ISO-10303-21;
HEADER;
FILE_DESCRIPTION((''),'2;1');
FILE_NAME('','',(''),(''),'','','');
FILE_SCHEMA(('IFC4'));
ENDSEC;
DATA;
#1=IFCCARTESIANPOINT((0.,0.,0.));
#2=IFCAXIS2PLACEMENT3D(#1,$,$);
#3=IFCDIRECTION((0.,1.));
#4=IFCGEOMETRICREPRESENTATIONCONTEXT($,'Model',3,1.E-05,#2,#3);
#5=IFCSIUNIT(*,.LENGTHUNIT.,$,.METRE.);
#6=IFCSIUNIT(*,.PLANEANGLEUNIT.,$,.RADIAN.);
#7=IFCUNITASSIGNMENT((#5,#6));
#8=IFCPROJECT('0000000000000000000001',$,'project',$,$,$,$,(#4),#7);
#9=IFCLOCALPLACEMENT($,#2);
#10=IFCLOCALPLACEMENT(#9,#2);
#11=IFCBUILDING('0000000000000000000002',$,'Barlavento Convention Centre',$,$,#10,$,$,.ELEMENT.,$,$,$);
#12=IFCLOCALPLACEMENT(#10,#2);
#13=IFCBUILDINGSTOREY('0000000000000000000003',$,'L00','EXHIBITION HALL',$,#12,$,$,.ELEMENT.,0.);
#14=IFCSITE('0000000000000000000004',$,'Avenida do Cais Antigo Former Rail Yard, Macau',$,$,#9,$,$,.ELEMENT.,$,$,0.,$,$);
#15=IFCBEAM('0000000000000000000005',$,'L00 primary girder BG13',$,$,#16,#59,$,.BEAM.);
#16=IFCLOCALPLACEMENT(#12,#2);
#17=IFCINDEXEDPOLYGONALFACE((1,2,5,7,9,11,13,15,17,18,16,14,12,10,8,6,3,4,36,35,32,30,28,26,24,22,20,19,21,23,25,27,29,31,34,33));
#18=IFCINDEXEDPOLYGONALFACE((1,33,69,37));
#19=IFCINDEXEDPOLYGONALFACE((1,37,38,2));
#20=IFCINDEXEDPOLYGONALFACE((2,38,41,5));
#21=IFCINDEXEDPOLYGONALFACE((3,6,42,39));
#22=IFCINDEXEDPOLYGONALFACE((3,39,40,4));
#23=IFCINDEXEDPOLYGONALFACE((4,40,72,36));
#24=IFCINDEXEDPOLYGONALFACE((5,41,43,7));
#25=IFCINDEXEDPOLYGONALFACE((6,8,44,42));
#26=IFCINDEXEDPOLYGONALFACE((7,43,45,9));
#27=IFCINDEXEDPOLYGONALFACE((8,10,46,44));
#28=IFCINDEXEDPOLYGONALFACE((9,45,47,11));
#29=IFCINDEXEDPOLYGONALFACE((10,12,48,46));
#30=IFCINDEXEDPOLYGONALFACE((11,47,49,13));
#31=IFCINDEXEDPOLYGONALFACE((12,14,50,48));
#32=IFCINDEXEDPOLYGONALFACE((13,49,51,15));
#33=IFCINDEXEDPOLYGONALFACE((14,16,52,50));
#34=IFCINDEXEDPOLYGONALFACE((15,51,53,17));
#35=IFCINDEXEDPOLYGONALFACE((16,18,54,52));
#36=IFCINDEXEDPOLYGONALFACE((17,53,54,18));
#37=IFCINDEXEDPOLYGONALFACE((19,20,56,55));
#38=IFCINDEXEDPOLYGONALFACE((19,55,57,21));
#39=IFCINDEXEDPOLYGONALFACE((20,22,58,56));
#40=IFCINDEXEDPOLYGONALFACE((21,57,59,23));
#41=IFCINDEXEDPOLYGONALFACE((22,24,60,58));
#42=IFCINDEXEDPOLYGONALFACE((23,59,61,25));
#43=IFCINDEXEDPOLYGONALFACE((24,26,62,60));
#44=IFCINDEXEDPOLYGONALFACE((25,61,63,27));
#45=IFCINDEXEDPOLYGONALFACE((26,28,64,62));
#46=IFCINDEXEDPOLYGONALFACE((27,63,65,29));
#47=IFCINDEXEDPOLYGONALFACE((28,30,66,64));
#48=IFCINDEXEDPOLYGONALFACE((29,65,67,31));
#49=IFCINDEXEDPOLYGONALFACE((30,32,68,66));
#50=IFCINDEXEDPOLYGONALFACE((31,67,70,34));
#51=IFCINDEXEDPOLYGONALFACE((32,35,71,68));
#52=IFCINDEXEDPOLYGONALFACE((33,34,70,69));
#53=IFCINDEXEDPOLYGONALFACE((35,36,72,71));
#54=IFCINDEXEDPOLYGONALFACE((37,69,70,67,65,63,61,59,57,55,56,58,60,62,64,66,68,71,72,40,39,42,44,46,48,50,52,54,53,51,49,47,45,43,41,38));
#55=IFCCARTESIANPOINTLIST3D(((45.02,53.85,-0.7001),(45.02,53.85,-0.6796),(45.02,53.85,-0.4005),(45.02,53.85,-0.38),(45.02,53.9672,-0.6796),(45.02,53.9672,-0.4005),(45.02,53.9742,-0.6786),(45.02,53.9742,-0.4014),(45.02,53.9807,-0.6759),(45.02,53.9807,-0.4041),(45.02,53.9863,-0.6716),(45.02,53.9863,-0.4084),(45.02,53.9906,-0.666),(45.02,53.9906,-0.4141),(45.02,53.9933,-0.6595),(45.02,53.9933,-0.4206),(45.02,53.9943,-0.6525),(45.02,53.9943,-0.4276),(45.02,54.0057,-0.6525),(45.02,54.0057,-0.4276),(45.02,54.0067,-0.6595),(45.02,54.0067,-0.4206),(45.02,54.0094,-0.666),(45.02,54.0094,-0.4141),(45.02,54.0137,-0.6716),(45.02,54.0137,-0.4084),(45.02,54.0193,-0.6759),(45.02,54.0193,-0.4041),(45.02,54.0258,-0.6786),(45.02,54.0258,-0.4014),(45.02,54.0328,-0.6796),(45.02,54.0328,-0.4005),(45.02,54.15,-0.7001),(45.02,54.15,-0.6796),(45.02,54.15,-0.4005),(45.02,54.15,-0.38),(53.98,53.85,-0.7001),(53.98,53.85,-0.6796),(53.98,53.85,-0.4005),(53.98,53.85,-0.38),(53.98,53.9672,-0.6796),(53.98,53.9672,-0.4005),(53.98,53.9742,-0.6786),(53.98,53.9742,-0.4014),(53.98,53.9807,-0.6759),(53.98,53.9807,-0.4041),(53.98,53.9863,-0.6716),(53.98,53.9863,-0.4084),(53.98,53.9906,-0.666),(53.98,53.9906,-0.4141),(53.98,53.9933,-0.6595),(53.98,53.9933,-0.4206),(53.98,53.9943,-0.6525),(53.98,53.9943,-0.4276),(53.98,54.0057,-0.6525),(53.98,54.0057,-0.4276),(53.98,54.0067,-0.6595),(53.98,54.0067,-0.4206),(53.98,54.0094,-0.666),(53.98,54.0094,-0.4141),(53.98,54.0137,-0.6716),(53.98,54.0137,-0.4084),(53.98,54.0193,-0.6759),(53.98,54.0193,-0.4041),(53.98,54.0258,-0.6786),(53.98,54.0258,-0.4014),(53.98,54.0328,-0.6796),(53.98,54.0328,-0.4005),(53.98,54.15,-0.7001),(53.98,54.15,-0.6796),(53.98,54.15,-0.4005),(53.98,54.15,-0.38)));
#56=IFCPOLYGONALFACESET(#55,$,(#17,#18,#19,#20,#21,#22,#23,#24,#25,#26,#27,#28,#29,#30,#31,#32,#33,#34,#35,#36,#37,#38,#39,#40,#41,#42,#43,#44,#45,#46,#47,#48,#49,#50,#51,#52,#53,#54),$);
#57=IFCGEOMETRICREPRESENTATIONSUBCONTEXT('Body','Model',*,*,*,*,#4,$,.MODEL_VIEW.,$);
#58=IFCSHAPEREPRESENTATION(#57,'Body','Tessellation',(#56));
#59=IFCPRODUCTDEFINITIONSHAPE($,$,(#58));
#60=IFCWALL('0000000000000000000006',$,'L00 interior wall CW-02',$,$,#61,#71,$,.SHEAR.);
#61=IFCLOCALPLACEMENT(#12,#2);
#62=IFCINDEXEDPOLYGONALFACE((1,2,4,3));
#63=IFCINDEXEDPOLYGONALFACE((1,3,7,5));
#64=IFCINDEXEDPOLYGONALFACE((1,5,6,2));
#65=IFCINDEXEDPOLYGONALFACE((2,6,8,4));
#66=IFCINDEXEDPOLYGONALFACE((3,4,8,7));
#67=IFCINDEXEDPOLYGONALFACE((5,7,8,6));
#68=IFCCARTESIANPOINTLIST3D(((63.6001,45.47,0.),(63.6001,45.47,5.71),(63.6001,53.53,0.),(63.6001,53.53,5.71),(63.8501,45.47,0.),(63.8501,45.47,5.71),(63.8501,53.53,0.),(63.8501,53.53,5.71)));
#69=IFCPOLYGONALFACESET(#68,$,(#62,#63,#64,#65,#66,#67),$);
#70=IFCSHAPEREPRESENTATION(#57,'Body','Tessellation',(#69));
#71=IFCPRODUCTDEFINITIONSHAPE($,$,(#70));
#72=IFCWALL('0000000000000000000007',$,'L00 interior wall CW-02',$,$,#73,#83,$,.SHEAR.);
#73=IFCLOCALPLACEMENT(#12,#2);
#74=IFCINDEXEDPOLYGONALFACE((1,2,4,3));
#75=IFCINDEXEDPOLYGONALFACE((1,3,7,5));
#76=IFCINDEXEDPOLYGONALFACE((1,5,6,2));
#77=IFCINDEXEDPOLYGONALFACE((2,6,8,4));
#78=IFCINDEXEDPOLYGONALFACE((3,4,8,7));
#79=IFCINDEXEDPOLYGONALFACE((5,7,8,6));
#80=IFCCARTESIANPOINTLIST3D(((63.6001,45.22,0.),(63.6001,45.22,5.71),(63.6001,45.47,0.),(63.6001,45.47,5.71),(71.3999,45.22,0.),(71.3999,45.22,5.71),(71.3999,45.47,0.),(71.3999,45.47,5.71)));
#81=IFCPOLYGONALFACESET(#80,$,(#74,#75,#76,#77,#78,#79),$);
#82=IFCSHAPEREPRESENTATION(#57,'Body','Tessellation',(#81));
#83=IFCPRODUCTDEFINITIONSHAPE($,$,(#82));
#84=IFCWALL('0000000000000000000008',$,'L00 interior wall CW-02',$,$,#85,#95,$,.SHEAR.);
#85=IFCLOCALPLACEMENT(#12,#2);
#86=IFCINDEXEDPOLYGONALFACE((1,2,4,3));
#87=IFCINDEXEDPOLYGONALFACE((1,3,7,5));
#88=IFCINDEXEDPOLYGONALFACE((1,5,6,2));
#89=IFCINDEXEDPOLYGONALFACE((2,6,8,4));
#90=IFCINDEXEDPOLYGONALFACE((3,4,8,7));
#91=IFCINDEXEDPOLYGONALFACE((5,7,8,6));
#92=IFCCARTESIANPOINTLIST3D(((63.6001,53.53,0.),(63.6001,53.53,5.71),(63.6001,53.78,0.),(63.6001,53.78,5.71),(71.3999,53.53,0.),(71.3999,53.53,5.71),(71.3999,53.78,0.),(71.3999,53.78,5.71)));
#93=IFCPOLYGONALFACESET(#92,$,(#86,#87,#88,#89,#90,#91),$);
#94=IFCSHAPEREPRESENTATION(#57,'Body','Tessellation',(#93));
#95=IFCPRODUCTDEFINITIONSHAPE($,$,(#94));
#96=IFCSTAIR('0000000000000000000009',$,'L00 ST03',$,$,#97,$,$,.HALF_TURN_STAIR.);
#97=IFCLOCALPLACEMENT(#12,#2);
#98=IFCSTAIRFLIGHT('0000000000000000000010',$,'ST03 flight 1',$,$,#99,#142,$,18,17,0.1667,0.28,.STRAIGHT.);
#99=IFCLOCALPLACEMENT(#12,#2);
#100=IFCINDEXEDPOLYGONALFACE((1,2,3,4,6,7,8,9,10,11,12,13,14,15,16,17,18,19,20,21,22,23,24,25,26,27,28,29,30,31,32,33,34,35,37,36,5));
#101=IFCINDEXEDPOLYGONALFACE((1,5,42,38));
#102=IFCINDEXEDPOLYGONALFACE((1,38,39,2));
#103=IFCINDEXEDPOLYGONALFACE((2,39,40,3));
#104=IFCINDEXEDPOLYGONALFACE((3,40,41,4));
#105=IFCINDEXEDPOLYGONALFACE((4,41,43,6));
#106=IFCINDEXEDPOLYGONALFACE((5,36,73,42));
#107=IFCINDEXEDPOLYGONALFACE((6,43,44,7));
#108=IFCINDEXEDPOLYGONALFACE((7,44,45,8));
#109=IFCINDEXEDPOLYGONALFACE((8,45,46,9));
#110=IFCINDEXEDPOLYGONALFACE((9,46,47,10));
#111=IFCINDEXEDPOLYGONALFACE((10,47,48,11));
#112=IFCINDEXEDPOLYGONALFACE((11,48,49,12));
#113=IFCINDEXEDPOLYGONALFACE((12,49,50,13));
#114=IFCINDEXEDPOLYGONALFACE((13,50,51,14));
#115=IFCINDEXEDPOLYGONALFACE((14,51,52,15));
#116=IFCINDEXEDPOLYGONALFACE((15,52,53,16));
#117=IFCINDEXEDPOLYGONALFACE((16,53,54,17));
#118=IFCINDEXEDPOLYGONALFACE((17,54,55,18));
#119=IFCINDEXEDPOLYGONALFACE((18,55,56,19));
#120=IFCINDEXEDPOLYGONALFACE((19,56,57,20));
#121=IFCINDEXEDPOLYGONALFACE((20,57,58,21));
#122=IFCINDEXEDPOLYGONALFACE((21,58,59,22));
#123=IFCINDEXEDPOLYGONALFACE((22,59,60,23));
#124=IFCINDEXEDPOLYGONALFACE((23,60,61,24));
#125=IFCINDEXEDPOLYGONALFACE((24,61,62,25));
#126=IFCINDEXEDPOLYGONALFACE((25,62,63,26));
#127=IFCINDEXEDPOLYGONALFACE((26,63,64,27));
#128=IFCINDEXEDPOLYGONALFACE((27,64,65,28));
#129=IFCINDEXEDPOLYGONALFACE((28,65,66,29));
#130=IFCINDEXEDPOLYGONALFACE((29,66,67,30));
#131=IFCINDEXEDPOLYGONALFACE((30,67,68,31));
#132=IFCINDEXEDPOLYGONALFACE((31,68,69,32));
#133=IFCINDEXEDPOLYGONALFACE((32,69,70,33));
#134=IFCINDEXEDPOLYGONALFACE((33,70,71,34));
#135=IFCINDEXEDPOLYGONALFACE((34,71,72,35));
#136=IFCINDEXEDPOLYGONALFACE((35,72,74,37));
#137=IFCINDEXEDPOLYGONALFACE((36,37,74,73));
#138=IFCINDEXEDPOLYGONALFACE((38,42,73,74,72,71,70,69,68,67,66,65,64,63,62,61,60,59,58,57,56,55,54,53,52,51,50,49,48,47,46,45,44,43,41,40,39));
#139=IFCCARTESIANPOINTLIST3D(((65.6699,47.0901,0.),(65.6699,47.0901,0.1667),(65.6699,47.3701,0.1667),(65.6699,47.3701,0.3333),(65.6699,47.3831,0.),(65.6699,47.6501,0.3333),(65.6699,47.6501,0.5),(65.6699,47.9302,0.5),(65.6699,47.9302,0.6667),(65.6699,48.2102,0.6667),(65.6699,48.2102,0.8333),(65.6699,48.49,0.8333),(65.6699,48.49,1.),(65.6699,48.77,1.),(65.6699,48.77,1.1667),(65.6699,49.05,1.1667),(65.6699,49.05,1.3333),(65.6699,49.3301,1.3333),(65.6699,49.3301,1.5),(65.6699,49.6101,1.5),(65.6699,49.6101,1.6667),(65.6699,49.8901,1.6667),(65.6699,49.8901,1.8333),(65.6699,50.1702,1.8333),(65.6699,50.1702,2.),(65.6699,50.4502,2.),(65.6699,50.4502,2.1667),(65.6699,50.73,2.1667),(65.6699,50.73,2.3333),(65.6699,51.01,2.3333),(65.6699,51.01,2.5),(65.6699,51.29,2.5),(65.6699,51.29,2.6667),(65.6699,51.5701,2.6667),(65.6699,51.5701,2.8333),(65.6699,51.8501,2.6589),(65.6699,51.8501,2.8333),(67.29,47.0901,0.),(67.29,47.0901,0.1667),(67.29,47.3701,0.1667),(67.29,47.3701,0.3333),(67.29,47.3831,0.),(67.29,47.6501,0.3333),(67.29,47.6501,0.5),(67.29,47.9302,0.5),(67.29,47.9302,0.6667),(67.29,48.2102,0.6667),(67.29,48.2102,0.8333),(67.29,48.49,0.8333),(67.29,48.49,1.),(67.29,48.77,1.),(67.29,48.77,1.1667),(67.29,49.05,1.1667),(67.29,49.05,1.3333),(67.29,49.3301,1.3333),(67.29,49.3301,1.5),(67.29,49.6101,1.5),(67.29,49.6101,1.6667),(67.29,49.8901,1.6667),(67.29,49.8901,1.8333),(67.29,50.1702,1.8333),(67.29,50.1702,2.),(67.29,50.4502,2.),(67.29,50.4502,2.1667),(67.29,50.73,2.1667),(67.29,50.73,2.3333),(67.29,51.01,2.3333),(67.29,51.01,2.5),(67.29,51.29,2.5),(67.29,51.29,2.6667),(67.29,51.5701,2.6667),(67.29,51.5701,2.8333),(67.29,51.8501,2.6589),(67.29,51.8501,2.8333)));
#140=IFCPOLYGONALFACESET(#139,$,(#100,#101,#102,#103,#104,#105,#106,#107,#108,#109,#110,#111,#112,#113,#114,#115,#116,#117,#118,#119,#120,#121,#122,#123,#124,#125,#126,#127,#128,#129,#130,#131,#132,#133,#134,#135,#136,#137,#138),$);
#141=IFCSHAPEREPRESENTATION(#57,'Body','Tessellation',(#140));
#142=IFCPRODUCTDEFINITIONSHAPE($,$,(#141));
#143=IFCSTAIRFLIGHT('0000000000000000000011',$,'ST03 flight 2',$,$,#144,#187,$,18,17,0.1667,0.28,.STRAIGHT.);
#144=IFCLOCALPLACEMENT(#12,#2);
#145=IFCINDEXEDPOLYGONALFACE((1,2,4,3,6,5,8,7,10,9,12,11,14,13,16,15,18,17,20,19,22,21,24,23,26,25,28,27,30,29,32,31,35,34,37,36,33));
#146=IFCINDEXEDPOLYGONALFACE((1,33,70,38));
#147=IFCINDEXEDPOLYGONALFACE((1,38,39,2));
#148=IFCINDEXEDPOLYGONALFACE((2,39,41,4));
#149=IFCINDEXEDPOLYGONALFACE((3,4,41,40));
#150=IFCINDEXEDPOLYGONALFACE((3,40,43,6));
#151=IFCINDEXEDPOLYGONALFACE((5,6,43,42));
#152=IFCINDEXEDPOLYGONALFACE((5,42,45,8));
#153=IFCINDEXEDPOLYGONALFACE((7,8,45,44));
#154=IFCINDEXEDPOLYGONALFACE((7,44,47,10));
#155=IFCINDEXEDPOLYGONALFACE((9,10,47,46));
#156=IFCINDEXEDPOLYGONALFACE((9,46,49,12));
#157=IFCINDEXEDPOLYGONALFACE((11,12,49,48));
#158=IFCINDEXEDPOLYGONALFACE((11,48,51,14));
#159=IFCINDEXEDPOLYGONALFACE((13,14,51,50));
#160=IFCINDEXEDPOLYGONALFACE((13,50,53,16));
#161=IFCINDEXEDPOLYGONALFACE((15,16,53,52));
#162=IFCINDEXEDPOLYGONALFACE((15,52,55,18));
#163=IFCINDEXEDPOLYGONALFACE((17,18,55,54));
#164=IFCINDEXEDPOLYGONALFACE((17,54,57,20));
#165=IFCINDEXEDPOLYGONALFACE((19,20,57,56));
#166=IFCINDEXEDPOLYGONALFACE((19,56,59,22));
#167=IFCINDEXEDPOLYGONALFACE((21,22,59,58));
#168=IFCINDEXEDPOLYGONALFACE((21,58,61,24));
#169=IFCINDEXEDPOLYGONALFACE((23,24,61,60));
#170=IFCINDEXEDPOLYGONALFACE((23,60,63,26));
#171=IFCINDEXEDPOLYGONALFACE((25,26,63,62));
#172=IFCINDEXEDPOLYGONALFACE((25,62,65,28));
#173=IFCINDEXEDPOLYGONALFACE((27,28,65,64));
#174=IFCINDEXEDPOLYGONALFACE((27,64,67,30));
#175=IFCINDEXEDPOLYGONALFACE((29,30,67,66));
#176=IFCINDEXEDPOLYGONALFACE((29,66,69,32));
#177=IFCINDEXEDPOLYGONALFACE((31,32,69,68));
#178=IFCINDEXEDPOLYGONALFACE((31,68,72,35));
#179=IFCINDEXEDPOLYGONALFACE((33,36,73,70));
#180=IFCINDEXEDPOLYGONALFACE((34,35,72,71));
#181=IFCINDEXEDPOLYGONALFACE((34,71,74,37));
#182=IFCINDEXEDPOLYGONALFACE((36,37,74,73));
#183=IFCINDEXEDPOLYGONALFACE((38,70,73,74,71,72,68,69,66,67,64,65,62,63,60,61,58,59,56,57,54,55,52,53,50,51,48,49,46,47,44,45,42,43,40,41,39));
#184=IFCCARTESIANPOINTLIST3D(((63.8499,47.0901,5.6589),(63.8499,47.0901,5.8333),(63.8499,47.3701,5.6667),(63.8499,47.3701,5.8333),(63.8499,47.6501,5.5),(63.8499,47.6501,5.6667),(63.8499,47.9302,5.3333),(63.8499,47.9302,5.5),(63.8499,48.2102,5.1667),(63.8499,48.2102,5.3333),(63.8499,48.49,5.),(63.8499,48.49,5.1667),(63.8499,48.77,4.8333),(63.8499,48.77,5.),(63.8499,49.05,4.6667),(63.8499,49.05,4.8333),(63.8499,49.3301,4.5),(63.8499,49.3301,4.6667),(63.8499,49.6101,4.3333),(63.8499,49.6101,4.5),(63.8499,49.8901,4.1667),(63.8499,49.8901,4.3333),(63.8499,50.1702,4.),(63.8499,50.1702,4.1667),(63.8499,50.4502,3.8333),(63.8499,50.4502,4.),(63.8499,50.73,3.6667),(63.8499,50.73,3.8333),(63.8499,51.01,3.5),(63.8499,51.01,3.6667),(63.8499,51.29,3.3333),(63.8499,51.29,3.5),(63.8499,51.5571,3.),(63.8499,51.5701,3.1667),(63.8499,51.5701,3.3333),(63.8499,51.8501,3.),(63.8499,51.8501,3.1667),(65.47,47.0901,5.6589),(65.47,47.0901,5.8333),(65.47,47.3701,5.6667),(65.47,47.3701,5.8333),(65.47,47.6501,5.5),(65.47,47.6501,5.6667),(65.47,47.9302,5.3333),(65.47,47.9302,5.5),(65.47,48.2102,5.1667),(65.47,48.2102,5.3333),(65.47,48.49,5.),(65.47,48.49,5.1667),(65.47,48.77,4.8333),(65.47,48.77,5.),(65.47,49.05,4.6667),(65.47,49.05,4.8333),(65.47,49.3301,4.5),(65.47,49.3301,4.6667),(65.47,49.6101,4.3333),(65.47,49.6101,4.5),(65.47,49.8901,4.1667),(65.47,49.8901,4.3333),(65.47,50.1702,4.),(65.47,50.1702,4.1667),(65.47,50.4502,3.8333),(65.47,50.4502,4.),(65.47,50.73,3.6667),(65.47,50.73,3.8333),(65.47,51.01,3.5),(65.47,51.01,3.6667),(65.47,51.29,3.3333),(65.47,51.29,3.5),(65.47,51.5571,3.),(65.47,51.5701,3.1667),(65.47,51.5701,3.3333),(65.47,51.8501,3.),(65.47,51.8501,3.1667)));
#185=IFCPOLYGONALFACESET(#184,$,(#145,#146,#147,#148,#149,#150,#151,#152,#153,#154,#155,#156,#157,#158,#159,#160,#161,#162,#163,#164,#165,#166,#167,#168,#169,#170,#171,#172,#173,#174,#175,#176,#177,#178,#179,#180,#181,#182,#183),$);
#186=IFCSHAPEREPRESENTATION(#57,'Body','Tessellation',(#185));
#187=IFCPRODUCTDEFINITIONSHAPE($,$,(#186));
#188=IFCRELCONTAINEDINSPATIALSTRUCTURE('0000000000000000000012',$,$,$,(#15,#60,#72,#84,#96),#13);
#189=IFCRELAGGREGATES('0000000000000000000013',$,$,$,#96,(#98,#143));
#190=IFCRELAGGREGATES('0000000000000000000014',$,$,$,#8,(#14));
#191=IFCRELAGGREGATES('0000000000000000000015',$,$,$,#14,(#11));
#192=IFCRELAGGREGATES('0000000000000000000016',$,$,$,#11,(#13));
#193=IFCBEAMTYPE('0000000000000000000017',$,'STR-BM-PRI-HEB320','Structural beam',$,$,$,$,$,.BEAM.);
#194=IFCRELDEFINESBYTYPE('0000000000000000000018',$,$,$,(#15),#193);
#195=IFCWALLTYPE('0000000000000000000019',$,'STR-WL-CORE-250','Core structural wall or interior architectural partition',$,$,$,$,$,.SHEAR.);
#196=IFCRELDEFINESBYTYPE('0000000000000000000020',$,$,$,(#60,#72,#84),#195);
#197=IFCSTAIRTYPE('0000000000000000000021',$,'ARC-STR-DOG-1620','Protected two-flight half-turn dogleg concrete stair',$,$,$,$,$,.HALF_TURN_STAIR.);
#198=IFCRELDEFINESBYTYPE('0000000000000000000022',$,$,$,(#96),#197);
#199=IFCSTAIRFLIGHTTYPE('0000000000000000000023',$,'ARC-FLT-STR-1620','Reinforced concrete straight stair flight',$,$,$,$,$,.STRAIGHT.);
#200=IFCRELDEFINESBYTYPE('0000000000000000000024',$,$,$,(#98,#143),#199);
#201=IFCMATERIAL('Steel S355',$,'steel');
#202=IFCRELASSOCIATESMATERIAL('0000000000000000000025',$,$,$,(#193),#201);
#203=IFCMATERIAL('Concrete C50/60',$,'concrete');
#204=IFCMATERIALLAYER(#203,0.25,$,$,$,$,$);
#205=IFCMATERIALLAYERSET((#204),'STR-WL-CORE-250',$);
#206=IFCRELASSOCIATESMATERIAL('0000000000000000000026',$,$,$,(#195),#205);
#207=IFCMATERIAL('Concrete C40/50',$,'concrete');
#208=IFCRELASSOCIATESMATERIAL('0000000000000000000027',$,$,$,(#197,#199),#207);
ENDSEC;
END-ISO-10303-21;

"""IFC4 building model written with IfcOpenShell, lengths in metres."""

from ifc_helpers import new_model, si_unit, direction, frame, frame_2d, origin, origin_2d, place, context, subcontext, project, spatial, polyline, rectangle, i_section, outline, extrude, material, layer, layer_set, material_profile, profile_set, type_object, element, aggregate, save


model = new_model("IFC4")

# Units and contexts
model_context = context("Model", 3, precision=1e-05, world=origin(), true_north=direction((0.0, 1.0)))
body_context = subcontext(model_context, "Body", "Model", "MODEL_VIEW")
ifc_project = project(units=[si_unit("LENGTHUNIT", "METRE"), si_unit("PLANEANGLEUNIT", "RADIAN")], contexts=[model_context])

# Site, building, storey
site_placement = place(None, origin())
site = spatial("IfcSite", under=ifc_project, at=site_placement, Name="Avenida do Cais Antigo Former Rail Yard, Macau", CompositionType="ELEMENT", RefElevation=0.0)
building_placement = place(site_placement, origin())
building = spatial("IfcBuilding", under=site, at=building_placement, Name="Barlavento Convention Centre", CompositionType="ELEMENT")
storey_placement = place(building_placement, origin())
storey = spatial("IfcBuildingStorey", under=building, at=storey_placement, Name="L00", Description="EXHIBITION HALL", CompositionType="ELEMENT", Elevation=0.0)

# Shared definitions
ifc_material_1 = material(Name="Concrete C50/60", Category="concrete")

# Beam
ifc_material_2 = material(Name="Steel S355", Category="steel")
ifc_material_profile_1 = material_profile(ifc_material_2, i_section(OverallWidth=0.3, OverallDepth=0.3201, WebThickness=0.0115, FlangeThickness=0.0205, FilletRadius=0.0271, at=origin_2d()), Name="HEB 320")
ifc_profile_set_1 = profile_set([ifc_material_profile_1], Name="Steel S355")
beam_type_1 = type_object("IfcBeamType", Name="STR-BM-PRI-HEB320", Description="Structural beam", PredefinedType="BEAM", material=ifc_profile_set_1)
beam_1_placement = place(storey_placement, frame((45.02, 54.0, -0.54), z_axis=(1.0, 0.0, 0.0), x_axis=(0.0, 1.0, 0.0)))
element("IfcBeam", 1, at=beam_1_placement, inside=storey, type_object=beam_type_1, Name="L00 primary girder BG13", PredefinedType="BEAM", context=body_context, shape_type="SweptSolid", body=[
    extrude(i_section(OverallWidth=0.3, OverallDepth=0.3201, WebThickness=0.0115, FlangeThickness=0.0205, FilletRadius=0.0271, at=origin_2d()), origin(), (0.0, 0.0, 1.0), 8.96),
])

# Walls
ifc_layer = layer(ifc_material_1, 0.25)
ifc_layer_set = layer_set([ifc_layer], Name="STR-WL-CORE-250")
wall_type = type_object("IfcWallType", Name="STR-WL-CORE-250", Description="Core structural wall or interior architectural partition", PredefinedType="SHEAR", material=ifc_layer_set)
wall_placement = place(storey_placement, frame((63.7251, 45.47, 0.0), z_axis=(0.0, 0.0, 1.0), x_axis=(0.0, 1.0, 0.0)))
element("IfcWall", 2, at=wall_placement, inside=storey, type_object=wall_type, Name="L00 interior wall CW-02", PredefinedType="SHEAR", context=body_context, shape_type="SweptSolid", body=[
    extrude(rectangle(XDim=8.0601, YDim=0.25, at=frame_2d((4.03, 0.0))), origin(), (0.0, 0.0, 1.0), 5.71),
])
for number, where, z_axis, x_axis, name in (
    (3, (63.6001, 45.345, 0.0), (0.0, 0.0, 1.0), (1.0, 0.0, 0.0), "L00 interior wall CW-02"),
    (4, (63.6001, 53.655, 0.0), (0.0, 0.0, 1.0), (1.0, 0.0, 0.0), "L00 interior wall CW-02"),
):
    element("IfcWall", number, at=place(storey_placement, frame(where, z_axis=z_axis, x_axis=x_axis)), inside=storey, type_object=wall_type, Name=name, PredefinedType="SHEAR", context=body_context, shape_type="SweptSolid", body=[
        extrude(rectangle(XDim=7.7998, YDim=0.25, at=frame_2d((3.8999, 0.0))), origin(), (0.0, 0.0, 1.0), 5.71),
    ])

# Stair, stair flights
ifc_material_3 = material(Name="Concrete C40/50", Category="concrete")
stair_type = type_object("IfcStairType", Name="ARC-STR-DOG-1620", Description="Protected two-flight half-turn dogleg concrete stair", PredefinedType="HALF_TURN_STAIR", material=ifc_material_3)
stair_placement = place(storey_placement, origin())
stair = element("IfcStair", 5, at=stair_placement, inside=storey, type_object=stair_type, Name="L00 ST03", PredefinedType="HALF_TURN_STAIR")
stair_flight_type = type_object("IfcStairFlightType", Name="ARC-FLT-STR-1620", Description="Reinforced concrete straight stair flight", PredefinedType="STRAIGHT", material=ifc_material_3)
stair_flight_1_placement = place(storey_placement, frame((66.48, 47.0901, 0.0), z_axis=(0.0, 0.0, 1.0), x_axis=(0.0, 1.0, 0.0)))
stair_flight_1 = element("IfcStairFlight", 6, at=stair_flight_1_placement, type_object=stair_flight_type, Name="ST03 flight 1", NumberOfRisers=18, NumberOfTreads=17, PredefinedType="STRAIGHT", RiserHeight=0.1667, TreadLength=0.28, context=body_context, shape_type="SweptSolid", body=[
    extrude(outline(polyline([(0.0, 0.0), (0.0, 0.1667), (0.28, 0.1667), (0.28, 0.3333), (0.5601, 0.3333), (0.5601, 0.5), (0.8401, 0.5), (0.8401, 0.6667), (1.1201, 0.6667), (1.1201, 0.8333), (1.3999, 0.8333), (1.3999, 1.0), (1.6799, 1.0), (1.6799, 1.1667), (1.96, 1.1667), (1.96, 1.3333), (2.24, 1.3333), (2.24, 1.5), (2.52, 1.5), (2.52, 1.6667), (2.8, 1.6667), (2.8, 1.8333), (3.0801, 1.8333), (3.0801, 2.0), (3.3601, 2.0), (3.3601, 2.1667), (3.6399, 2.1667), (3.6399, 2.3333), (3.9199, 2.3333), (3.9199, 2.5), (4.2, 2.5), (4.2, 2.6667), (4.48, 2.6667), (4.48, 2.8333), (4.76, 2.8333), (4.76, 3.0), (4.76, 2.6589), (0.293, 0.0), (0.0, 0.0)])), frame((0.0, 0.8101, 0.0), z_axis=(0.0, -1.0, 0.0), x_axis=(1.0, 0.0, 0.0)), (0.0, 0.0, 1.0), 1.6201),
])
stair_flight_2_placement = place(storey_placement, frame((64.6599, 51.8501, 3.0), z_axis=(0.0, 0.0, 1.0), x_axis=(0.0, -1.0, 0.0)))
stair_flight_2 = element("IfcStairFlight", 7, at=stair_flight_2_placement, type_object=stair_flight_type, Name="ST03 flight 2", NumberOfRisers=18, NumberOfTreads=17, PredefinedType="STRAIGHT", RiserHeight=0.1667, TreadLength=0.28, context=body_context, shape_type="SweptSolid", body=[
    extrude(outline(polyline([(0.0, 0.0), (0.0, 0.1667), (0.28, 0.1667), (0.28, 0.3333), (0.5601, 0.3333), (0.5601, 0.5), (0.8401, 0.5), (0.8401, 0.6667), (1.1201, 0.6667), (1.1201, 0.8333), (1.3999, 0.8333), (1.3999, 1.0), (1.6799, 1.0), (1.6799, 1.1667), (1.96, 1.1667), (1.96, 1.3333), (2.24, 1.3333), (2.24, 1.5), (2.52, 1.5), (2.52, 1.6667), (2.8, 1.6667), (2.8, 1.8333), (3.0801, 1.8333), (3.0801, 2.0), (3.3601, 2.0), (3.3601, 2.1667), (3.6399, 2.1667), (3.6399, 2.3333), (3.9199, 2.3333), (3.9199, 2.5), (4.2, 2.5), (4.2, 2.6667), (4.48, 2.6667), (4.48, 2.8333), (4.76, 2.8333), (4.76, 3.0), (4.76, 2.6589), (0.293, 0.0), (0.0, 0.0)])), frame((0.0, 0.8101, 0.0), z_axis=(0.0, -1.0, 0.0), x_axis=(1.0, 0.0, 0.0)), (0.0, 0.0, 1.0), 1.6201),
])
aggregate(stair, [stair_flight_1, stair_flight_2])

save(model, "model.ifc")
